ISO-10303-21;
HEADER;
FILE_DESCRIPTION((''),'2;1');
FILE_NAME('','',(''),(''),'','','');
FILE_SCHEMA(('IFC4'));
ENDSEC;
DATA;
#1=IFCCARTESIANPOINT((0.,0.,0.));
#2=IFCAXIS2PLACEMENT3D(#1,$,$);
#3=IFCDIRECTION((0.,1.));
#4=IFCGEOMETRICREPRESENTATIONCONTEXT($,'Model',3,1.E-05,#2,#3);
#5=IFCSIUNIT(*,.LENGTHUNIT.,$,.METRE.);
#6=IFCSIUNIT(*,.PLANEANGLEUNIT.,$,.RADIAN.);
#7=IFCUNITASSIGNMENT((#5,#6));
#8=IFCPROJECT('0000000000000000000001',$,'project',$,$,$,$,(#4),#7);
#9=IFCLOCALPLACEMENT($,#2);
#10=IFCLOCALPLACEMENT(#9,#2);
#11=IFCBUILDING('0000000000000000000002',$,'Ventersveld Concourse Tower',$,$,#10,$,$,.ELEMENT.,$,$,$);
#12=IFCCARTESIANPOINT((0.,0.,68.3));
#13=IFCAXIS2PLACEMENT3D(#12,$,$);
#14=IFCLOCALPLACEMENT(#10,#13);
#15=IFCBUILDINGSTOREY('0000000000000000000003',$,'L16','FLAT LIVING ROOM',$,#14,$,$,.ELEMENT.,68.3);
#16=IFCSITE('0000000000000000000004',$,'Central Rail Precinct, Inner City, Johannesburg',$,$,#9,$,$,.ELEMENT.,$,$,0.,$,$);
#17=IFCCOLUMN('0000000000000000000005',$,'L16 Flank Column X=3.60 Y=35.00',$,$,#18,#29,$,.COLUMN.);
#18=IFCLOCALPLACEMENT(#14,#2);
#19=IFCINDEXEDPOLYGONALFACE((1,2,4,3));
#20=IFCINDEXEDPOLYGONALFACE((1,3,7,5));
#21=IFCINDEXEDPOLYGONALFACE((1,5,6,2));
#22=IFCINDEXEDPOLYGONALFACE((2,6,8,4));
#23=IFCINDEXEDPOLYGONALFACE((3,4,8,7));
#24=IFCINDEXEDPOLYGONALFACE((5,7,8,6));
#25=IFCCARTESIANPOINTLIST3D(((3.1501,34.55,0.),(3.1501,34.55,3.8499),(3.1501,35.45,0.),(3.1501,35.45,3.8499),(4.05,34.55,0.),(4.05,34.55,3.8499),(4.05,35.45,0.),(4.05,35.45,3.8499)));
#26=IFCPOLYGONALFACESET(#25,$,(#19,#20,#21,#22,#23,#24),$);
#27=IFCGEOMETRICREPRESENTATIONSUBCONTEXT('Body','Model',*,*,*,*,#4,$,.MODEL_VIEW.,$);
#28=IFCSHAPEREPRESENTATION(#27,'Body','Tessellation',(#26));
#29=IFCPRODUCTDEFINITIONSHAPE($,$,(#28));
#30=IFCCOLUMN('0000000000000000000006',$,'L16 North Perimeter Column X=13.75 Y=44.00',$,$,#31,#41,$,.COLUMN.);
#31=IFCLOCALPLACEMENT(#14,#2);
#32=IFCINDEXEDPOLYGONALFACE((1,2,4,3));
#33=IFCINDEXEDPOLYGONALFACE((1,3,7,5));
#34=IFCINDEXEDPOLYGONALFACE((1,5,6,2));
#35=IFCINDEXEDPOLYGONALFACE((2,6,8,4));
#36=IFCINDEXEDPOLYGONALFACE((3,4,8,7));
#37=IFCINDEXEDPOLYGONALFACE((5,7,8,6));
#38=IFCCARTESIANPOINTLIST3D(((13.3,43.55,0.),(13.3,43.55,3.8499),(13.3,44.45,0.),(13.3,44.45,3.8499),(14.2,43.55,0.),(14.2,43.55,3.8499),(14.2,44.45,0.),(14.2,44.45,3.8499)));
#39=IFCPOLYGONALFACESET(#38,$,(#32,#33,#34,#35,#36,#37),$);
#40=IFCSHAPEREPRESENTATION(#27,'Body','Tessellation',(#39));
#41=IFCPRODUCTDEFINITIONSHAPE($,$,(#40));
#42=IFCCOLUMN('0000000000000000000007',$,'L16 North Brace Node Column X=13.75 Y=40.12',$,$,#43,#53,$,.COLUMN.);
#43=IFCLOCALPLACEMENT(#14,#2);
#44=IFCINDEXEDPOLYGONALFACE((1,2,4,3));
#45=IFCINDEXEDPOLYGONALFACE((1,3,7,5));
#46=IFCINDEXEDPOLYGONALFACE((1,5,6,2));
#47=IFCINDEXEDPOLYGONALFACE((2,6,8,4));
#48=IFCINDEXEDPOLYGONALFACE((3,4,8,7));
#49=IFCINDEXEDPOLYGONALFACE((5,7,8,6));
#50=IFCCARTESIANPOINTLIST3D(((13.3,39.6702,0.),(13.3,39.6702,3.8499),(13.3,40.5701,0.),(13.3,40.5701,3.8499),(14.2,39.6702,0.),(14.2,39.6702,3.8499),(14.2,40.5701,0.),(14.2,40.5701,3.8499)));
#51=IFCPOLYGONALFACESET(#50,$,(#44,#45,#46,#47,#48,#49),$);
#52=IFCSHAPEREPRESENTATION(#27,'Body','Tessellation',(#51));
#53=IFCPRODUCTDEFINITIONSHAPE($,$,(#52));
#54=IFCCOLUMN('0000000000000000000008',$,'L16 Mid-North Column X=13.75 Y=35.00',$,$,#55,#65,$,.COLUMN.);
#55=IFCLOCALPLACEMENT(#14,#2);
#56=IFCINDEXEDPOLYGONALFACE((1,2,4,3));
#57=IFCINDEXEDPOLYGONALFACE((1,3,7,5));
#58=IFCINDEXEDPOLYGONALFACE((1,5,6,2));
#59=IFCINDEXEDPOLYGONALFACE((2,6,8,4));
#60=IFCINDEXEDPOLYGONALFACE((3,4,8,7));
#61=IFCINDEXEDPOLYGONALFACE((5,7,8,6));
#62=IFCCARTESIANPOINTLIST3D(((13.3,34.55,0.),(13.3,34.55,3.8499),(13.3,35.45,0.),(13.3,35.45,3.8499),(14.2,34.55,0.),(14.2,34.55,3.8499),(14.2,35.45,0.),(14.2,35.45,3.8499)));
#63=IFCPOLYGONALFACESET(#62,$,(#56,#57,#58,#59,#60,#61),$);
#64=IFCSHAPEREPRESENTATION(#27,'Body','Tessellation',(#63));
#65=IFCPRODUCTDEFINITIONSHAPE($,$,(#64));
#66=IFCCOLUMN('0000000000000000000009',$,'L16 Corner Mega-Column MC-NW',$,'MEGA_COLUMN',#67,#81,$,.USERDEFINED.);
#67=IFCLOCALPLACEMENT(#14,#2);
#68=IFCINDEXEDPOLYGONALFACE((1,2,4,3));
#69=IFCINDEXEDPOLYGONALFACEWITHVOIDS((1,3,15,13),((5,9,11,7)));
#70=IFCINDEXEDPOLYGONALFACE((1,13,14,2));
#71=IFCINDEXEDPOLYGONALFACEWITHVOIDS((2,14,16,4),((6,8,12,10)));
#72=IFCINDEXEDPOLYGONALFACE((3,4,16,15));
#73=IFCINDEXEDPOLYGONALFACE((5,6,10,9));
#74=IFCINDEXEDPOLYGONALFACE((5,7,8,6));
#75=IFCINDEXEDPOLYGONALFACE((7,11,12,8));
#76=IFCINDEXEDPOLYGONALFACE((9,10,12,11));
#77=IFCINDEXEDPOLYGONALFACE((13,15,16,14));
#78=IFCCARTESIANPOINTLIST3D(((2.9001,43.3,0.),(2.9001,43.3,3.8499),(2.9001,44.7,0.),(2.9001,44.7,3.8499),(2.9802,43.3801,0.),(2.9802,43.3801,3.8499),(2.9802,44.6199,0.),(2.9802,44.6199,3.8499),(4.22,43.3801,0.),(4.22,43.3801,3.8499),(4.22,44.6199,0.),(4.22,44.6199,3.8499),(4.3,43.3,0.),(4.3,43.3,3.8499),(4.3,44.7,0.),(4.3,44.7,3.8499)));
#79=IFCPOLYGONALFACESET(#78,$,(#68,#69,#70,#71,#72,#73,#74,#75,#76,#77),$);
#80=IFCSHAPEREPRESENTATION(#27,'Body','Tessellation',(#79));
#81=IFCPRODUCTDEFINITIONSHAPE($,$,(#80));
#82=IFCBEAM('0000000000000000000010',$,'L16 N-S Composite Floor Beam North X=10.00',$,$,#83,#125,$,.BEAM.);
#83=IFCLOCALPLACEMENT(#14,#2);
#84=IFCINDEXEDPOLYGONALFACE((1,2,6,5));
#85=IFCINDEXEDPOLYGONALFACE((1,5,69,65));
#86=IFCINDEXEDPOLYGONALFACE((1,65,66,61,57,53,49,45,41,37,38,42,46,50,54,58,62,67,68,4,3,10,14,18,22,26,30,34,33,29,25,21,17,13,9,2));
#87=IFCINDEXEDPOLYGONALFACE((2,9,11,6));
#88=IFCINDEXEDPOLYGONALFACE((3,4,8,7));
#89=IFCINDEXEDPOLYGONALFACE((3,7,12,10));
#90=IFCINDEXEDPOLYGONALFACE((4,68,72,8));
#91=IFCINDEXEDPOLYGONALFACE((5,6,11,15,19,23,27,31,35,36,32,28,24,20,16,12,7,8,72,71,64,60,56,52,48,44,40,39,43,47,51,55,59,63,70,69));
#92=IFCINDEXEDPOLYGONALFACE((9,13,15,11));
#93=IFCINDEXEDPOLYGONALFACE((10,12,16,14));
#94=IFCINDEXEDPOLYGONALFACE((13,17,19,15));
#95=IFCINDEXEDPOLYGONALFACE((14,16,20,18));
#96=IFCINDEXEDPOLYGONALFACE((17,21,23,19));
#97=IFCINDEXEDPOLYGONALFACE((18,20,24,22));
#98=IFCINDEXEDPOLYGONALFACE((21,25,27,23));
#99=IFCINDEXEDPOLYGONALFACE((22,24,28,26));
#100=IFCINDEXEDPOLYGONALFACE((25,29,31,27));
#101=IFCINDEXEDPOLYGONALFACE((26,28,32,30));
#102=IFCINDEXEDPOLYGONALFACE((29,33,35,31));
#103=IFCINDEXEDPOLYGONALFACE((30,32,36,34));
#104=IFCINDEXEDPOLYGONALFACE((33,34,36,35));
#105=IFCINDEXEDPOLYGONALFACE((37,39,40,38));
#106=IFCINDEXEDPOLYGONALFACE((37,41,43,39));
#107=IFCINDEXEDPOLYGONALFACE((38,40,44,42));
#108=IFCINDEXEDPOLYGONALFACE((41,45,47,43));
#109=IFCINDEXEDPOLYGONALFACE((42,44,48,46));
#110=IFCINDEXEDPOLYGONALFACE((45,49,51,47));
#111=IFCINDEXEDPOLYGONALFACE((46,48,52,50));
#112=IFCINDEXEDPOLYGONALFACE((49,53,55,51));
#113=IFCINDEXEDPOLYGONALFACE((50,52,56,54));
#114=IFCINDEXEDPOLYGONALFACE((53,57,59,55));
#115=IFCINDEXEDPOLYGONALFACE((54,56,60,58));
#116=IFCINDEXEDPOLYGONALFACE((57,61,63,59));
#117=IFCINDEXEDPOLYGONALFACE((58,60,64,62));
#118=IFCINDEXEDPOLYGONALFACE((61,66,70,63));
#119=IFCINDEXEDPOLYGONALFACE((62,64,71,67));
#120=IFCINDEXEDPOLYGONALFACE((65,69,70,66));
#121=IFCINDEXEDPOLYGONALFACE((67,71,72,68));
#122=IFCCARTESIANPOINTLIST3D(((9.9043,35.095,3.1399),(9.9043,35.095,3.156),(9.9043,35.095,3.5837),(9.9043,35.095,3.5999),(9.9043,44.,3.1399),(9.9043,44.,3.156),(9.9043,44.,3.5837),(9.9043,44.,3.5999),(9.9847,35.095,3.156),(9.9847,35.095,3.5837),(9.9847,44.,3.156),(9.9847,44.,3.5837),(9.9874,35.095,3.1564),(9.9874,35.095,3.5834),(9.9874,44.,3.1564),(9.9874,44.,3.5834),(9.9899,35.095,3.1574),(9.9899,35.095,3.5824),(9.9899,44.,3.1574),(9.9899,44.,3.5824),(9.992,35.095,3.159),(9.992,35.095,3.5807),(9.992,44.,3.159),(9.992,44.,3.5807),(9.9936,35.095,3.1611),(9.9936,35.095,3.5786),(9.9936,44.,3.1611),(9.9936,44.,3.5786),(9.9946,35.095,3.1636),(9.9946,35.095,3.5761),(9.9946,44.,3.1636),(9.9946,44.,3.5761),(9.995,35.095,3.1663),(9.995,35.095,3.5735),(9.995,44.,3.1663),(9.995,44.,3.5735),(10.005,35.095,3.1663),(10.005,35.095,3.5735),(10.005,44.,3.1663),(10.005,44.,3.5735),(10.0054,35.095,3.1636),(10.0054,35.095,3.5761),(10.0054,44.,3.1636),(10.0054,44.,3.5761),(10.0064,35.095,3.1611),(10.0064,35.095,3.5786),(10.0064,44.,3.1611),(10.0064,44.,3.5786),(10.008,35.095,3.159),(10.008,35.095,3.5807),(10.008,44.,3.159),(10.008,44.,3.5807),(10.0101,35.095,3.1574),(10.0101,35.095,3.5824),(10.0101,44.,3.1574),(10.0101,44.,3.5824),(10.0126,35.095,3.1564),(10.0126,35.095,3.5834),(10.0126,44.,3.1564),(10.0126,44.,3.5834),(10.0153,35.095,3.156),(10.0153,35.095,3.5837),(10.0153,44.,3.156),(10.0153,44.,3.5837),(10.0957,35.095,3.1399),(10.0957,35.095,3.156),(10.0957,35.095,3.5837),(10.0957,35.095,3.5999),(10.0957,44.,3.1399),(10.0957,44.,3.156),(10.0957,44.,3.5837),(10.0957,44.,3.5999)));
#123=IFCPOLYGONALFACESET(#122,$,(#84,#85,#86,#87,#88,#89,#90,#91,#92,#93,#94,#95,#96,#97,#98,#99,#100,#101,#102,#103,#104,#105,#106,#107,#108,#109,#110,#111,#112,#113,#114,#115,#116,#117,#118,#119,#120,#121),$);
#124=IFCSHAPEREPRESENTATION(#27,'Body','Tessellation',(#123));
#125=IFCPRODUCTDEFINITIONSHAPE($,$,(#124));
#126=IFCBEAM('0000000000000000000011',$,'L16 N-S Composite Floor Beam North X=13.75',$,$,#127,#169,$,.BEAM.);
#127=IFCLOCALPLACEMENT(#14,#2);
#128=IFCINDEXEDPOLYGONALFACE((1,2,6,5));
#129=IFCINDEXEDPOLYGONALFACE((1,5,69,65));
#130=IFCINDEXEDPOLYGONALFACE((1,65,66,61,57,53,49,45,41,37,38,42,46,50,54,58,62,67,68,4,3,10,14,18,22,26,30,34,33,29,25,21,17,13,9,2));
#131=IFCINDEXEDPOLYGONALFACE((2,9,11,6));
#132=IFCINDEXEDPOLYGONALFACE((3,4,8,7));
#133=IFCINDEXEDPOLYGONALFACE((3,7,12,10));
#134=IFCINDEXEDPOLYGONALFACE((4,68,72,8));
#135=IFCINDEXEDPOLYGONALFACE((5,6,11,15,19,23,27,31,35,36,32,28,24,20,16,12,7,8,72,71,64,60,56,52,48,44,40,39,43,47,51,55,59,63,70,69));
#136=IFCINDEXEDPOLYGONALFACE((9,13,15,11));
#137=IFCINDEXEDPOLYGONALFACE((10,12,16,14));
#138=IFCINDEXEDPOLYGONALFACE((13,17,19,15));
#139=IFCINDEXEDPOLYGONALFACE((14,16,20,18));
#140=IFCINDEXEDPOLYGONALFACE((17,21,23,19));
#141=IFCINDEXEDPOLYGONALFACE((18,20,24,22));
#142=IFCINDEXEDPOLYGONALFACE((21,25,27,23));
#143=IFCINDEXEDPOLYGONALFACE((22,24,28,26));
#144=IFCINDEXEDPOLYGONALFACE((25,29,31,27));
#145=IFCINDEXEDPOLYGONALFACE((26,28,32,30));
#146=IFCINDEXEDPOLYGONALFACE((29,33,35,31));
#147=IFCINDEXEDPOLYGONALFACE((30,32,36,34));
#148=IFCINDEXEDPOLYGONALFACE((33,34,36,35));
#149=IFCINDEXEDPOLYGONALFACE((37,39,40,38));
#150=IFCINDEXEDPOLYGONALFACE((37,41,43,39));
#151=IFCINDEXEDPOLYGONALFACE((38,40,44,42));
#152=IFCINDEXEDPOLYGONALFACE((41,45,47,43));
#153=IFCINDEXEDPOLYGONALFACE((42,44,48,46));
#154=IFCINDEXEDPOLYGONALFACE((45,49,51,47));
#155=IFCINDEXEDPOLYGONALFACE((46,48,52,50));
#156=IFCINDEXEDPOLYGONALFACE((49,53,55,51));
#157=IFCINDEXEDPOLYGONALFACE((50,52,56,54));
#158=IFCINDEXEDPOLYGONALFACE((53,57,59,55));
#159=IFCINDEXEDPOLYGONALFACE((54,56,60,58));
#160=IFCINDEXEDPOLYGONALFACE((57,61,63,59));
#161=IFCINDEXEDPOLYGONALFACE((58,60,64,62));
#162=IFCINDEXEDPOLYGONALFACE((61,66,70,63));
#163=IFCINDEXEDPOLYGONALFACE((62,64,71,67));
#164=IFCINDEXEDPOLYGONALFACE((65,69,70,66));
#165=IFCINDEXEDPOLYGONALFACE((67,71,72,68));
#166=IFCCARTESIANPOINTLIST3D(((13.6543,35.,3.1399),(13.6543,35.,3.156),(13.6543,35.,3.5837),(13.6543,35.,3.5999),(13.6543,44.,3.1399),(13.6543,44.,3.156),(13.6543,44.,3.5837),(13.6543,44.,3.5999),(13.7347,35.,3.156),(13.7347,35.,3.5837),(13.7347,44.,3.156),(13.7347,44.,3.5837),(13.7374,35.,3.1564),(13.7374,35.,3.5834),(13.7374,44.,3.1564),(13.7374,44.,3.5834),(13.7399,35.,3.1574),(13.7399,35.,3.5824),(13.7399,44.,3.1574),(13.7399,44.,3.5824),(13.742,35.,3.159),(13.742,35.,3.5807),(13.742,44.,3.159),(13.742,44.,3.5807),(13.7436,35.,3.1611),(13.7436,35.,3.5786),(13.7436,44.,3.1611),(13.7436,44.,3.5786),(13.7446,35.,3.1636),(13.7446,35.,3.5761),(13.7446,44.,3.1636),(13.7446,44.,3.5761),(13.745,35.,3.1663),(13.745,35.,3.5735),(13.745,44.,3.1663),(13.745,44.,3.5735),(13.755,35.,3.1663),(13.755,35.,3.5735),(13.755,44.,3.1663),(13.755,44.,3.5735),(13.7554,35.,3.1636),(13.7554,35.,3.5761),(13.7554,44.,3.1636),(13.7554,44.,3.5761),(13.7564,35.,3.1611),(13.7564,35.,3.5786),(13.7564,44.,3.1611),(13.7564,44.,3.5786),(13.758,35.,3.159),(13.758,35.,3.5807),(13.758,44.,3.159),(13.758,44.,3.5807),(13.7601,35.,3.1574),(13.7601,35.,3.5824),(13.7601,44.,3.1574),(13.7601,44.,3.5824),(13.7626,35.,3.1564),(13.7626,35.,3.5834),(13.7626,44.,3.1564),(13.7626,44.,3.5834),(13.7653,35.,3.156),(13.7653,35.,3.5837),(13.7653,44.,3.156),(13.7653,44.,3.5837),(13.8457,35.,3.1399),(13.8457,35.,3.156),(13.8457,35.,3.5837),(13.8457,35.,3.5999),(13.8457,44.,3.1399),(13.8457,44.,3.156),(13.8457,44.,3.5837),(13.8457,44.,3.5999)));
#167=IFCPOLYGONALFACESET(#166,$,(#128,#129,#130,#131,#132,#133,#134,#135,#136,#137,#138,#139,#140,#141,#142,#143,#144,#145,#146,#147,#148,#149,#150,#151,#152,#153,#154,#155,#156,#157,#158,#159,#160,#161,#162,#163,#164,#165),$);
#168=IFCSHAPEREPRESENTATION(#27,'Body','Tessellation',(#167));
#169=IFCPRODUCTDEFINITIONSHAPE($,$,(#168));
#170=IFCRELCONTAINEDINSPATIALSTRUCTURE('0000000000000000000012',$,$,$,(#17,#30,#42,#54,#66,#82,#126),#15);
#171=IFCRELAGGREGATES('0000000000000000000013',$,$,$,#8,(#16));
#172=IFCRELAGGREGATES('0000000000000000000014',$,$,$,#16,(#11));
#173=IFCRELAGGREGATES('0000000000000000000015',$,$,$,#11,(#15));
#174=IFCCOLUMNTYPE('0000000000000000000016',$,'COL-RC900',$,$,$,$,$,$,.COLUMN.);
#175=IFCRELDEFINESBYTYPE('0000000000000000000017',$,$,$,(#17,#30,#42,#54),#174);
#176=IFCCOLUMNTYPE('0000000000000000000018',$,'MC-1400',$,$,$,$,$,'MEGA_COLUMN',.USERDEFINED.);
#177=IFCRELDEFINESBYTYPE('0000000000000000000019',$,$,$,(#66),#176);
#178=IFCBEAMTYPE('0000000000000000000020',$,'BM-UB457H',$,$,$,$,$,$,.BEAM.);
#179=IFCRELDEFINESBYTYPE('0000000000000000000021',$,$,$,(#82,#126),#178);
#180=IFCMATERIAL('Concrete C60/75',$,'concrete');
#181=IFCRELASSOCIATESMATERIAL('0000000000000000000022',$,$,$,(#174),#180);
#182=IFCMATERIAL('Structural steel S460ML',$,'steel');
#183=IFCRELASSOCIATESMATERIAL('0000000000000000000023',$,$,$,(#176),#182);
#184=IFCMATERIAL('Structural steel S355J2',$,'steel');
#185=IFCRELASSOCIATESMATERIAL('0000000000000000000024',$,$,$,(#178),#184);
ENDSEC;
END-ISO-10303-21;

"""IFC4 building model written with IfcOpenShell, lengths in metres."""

from ifc_helpers import new_model, si_unit, direction, frame, origin, origin_2d, place, context, subcontext, project, spatial, rectangle, hollow_rectangle, i_section, extrude, material, material_profile, profile_set, type_object, element, save


model = new_model("IFC4")

# Units and contexts
model_context = context("Model", 3, precision=1e-05, world=origin(), true_north=direction((0.0, 1.0)))
body_context = subcontext(model_context, "Body", "Model", "MODEL_VIEW")
ifc_project = project(units=[si_unit("LENGTHUNIT", "METRE"), si_unit("PLANEANGLEUNIT", "RADIAN")], contexts=[model_context])

# Site, building, storey
site_placement = place(None, origin())
site = spatial("IfcSite", under=ifc_project, at=site_placement, Name="Central Rail Precinct, Inner City, Johannesburg", CompositionType="ELEMENT", RefElevation=0.0)
building_placement = place(site_placement, origin())
building = spatial("IfcBuilding", under=site, at=building_placement, Name="Ventersveld Concourse Tower", CompositionType="ELEMENT")
storey_placement = place(building_placement, frame((0.0, 0.0, 68.3)))
storey = spatial("IfcBuildingStorey", under=building, at=storey_placement, Name="L16", Description="FLAT LIVING ROOM", CompositionType="ELEMENT", Elevation=68.3)

# Columns
ifc_material_1 = material(Name="Concrete C60/75", Category="concrete")
ifc_material_profile_1 = material_profile(ifc_material_1, rectangle(XDim=0.8999, YDim=0.8999, at=origin_2d()), Name="RC 900x900")
ifc_profile_set_1 = profile_set([ifc_material_profile_1], Name="Concrete C60/75")
column_type_1 = type_object("IfcColumnType", Name="COL-RC900", PredefinedType="COLUMN", material=ifc_profile_set_1)
for number, where, z_axis, x_axis, name in (
    (1, (3.6001, 35.0, 0.0), (0.0, 0.0, 1.0), (1.0, 0.0, 0.0), "L16 Flank Column X=3.60 Y=35.00"),
    (2, (13.75, 44.0, 0.0), (0.0, 0.0, 1.0), (1.0, 0.0, 0.0), "L16 North Perimeter Column X=13.75 Y=44.00"),
    (3, (13.75, 40.1201, 0.0), (0.0, 0.0, 1.0), (1.0, 0.0, 0.0), "L16 North Brace Node Column X=13.75 Y=40.12"),
    (4, (13.75, 35.0, 0.0), (0.0, 0.0, 1.0), (1.0, 0.0, 0.0), "L16 Mid-North Column X=13.75 Y=35.00"),
):
    element("IfcColumn", number, at=place(storey_placement, frame(where, z_axis=z_axis, x_axis=x_axis)), inside=storey, type_object=column_type_1, Name=name, PredefinedType="COLUMN", context=body_context, shape_type="SweptSolid", body=[
        extrude(rectangle(XDim=0.8999, YDim=0.8999, at=origin_2d()), origin(), (0.0, 0.0, 1.0), 3.8499),
    ])
ifc_material_2 = material(Name="Structural steel S460ML", Category="steel")
ifc_material_profile_2 = material_profile(ifc_material_2, hollow_rectangle(XDim=1.3999, YDim=1.3999, WallThickness=0.0801, at=origin_2d()), Name="BOX 1400x1400x80")
ifc_profile_set_2 = profile_set([ifc_material_profile_2], Name="Structural steel S460ML")
column_type_2 = type_object("IfcColumnType", Name="MC-1400", ElementType="MEGA_COLUMN", PredefinedType="USERDEFINED", material=ifc_profile_set_2)
column_placement = place(storey_placement, frame((3.6001, 44.0, 0.0), z_axis=(0.0, 0.0, 1.0), x_axis=(1.0, 0.0, 0.0)))
element("IfcColumn", 5, at=column_placement, inside=storey, type_object=column_type_2, Name="L16 Corner Mega-Column MC-NW", ObjectType="MEGA_COLUMN", PredefinedType="USERDEFINED", context=body_context, shape_type="SweptSolid", body=[
    extrude(hollow_rectangle(XDim=1.3999, YDim=1.3999, WallThickness=0.0801, at=origin_2d()), origin(), (0.0, 0.0, 1.0), 3.8499),
])

# Beams
ifc_material_3 = material(Name="Structural steel S355J2", Category="steel")
ifc_material_profile_3 = material_profile(ifc_material_3, i_section(OverallWidth=0.1914, OverallDepth=0.46, WebThickness=0.01, FlangeThickness=0.0161, FilletRadius=0.0103, at=origin_2d()), Name="UB 457x191x82")
ifc_profile_set_3 = profile_set([ifc_material_profile_3], Name="Structural steel S355J2")
beam_type_1 = type_object("IfcBeamType", Name="BM-UB457H", PredefinedType="BEAM", material=ifc_profile_set_3)
beam_1_placement = place(storey_placement, frame((10.0, 35.095, 3.3699), z_axis=(0.0, 1.0, 0.0), x_axis=(-1.0, 0.0, 0.0)))
element("IfcBeam", 6, at=beam_1_placement, inside=storey, type_object=beam_type_1, Name="L16 N-S Composite Floor Beam North X=10.00", PredefinedType="BEAM", context=body_context, shape_type="SweptSolid", body=[
    extrude(i_section(OverallWidth=0.1914, OverallDepth=0.46, WebThickness=0.01, FlangeThickness=0.0161, FilletRadius=0.0103, at=origin_2d()), origin(), (0.0, 0.0, 1.0), 8.905),
])
beam_2_placement = place(storey_placement, frame((13.75, 35.0, 3.3699), z_axis=(0.0, 1.0, 0.0), x_axis=(-1.0, 0.0, 0.0)))
element("IfcBeam", 7, at=beam_2_placement, inside=storey, type_object=beam_type_1, Name="L16 N-S Composite Floor Beam North X=13.75", PredefinedType="BEAM", context=body_context, shape_type="SweptSolid", body=[
    extrude(i_section(OverallWidth=0.1914, OverallDepth=0.46, WebThickness=0.01, FlangeThickness=0.0161, FilletRadius=0.0103, at=origin_2d()), origin(), (0.0, 0.0, 1.0), 9.0),
])

save(model, "model.ifc")
